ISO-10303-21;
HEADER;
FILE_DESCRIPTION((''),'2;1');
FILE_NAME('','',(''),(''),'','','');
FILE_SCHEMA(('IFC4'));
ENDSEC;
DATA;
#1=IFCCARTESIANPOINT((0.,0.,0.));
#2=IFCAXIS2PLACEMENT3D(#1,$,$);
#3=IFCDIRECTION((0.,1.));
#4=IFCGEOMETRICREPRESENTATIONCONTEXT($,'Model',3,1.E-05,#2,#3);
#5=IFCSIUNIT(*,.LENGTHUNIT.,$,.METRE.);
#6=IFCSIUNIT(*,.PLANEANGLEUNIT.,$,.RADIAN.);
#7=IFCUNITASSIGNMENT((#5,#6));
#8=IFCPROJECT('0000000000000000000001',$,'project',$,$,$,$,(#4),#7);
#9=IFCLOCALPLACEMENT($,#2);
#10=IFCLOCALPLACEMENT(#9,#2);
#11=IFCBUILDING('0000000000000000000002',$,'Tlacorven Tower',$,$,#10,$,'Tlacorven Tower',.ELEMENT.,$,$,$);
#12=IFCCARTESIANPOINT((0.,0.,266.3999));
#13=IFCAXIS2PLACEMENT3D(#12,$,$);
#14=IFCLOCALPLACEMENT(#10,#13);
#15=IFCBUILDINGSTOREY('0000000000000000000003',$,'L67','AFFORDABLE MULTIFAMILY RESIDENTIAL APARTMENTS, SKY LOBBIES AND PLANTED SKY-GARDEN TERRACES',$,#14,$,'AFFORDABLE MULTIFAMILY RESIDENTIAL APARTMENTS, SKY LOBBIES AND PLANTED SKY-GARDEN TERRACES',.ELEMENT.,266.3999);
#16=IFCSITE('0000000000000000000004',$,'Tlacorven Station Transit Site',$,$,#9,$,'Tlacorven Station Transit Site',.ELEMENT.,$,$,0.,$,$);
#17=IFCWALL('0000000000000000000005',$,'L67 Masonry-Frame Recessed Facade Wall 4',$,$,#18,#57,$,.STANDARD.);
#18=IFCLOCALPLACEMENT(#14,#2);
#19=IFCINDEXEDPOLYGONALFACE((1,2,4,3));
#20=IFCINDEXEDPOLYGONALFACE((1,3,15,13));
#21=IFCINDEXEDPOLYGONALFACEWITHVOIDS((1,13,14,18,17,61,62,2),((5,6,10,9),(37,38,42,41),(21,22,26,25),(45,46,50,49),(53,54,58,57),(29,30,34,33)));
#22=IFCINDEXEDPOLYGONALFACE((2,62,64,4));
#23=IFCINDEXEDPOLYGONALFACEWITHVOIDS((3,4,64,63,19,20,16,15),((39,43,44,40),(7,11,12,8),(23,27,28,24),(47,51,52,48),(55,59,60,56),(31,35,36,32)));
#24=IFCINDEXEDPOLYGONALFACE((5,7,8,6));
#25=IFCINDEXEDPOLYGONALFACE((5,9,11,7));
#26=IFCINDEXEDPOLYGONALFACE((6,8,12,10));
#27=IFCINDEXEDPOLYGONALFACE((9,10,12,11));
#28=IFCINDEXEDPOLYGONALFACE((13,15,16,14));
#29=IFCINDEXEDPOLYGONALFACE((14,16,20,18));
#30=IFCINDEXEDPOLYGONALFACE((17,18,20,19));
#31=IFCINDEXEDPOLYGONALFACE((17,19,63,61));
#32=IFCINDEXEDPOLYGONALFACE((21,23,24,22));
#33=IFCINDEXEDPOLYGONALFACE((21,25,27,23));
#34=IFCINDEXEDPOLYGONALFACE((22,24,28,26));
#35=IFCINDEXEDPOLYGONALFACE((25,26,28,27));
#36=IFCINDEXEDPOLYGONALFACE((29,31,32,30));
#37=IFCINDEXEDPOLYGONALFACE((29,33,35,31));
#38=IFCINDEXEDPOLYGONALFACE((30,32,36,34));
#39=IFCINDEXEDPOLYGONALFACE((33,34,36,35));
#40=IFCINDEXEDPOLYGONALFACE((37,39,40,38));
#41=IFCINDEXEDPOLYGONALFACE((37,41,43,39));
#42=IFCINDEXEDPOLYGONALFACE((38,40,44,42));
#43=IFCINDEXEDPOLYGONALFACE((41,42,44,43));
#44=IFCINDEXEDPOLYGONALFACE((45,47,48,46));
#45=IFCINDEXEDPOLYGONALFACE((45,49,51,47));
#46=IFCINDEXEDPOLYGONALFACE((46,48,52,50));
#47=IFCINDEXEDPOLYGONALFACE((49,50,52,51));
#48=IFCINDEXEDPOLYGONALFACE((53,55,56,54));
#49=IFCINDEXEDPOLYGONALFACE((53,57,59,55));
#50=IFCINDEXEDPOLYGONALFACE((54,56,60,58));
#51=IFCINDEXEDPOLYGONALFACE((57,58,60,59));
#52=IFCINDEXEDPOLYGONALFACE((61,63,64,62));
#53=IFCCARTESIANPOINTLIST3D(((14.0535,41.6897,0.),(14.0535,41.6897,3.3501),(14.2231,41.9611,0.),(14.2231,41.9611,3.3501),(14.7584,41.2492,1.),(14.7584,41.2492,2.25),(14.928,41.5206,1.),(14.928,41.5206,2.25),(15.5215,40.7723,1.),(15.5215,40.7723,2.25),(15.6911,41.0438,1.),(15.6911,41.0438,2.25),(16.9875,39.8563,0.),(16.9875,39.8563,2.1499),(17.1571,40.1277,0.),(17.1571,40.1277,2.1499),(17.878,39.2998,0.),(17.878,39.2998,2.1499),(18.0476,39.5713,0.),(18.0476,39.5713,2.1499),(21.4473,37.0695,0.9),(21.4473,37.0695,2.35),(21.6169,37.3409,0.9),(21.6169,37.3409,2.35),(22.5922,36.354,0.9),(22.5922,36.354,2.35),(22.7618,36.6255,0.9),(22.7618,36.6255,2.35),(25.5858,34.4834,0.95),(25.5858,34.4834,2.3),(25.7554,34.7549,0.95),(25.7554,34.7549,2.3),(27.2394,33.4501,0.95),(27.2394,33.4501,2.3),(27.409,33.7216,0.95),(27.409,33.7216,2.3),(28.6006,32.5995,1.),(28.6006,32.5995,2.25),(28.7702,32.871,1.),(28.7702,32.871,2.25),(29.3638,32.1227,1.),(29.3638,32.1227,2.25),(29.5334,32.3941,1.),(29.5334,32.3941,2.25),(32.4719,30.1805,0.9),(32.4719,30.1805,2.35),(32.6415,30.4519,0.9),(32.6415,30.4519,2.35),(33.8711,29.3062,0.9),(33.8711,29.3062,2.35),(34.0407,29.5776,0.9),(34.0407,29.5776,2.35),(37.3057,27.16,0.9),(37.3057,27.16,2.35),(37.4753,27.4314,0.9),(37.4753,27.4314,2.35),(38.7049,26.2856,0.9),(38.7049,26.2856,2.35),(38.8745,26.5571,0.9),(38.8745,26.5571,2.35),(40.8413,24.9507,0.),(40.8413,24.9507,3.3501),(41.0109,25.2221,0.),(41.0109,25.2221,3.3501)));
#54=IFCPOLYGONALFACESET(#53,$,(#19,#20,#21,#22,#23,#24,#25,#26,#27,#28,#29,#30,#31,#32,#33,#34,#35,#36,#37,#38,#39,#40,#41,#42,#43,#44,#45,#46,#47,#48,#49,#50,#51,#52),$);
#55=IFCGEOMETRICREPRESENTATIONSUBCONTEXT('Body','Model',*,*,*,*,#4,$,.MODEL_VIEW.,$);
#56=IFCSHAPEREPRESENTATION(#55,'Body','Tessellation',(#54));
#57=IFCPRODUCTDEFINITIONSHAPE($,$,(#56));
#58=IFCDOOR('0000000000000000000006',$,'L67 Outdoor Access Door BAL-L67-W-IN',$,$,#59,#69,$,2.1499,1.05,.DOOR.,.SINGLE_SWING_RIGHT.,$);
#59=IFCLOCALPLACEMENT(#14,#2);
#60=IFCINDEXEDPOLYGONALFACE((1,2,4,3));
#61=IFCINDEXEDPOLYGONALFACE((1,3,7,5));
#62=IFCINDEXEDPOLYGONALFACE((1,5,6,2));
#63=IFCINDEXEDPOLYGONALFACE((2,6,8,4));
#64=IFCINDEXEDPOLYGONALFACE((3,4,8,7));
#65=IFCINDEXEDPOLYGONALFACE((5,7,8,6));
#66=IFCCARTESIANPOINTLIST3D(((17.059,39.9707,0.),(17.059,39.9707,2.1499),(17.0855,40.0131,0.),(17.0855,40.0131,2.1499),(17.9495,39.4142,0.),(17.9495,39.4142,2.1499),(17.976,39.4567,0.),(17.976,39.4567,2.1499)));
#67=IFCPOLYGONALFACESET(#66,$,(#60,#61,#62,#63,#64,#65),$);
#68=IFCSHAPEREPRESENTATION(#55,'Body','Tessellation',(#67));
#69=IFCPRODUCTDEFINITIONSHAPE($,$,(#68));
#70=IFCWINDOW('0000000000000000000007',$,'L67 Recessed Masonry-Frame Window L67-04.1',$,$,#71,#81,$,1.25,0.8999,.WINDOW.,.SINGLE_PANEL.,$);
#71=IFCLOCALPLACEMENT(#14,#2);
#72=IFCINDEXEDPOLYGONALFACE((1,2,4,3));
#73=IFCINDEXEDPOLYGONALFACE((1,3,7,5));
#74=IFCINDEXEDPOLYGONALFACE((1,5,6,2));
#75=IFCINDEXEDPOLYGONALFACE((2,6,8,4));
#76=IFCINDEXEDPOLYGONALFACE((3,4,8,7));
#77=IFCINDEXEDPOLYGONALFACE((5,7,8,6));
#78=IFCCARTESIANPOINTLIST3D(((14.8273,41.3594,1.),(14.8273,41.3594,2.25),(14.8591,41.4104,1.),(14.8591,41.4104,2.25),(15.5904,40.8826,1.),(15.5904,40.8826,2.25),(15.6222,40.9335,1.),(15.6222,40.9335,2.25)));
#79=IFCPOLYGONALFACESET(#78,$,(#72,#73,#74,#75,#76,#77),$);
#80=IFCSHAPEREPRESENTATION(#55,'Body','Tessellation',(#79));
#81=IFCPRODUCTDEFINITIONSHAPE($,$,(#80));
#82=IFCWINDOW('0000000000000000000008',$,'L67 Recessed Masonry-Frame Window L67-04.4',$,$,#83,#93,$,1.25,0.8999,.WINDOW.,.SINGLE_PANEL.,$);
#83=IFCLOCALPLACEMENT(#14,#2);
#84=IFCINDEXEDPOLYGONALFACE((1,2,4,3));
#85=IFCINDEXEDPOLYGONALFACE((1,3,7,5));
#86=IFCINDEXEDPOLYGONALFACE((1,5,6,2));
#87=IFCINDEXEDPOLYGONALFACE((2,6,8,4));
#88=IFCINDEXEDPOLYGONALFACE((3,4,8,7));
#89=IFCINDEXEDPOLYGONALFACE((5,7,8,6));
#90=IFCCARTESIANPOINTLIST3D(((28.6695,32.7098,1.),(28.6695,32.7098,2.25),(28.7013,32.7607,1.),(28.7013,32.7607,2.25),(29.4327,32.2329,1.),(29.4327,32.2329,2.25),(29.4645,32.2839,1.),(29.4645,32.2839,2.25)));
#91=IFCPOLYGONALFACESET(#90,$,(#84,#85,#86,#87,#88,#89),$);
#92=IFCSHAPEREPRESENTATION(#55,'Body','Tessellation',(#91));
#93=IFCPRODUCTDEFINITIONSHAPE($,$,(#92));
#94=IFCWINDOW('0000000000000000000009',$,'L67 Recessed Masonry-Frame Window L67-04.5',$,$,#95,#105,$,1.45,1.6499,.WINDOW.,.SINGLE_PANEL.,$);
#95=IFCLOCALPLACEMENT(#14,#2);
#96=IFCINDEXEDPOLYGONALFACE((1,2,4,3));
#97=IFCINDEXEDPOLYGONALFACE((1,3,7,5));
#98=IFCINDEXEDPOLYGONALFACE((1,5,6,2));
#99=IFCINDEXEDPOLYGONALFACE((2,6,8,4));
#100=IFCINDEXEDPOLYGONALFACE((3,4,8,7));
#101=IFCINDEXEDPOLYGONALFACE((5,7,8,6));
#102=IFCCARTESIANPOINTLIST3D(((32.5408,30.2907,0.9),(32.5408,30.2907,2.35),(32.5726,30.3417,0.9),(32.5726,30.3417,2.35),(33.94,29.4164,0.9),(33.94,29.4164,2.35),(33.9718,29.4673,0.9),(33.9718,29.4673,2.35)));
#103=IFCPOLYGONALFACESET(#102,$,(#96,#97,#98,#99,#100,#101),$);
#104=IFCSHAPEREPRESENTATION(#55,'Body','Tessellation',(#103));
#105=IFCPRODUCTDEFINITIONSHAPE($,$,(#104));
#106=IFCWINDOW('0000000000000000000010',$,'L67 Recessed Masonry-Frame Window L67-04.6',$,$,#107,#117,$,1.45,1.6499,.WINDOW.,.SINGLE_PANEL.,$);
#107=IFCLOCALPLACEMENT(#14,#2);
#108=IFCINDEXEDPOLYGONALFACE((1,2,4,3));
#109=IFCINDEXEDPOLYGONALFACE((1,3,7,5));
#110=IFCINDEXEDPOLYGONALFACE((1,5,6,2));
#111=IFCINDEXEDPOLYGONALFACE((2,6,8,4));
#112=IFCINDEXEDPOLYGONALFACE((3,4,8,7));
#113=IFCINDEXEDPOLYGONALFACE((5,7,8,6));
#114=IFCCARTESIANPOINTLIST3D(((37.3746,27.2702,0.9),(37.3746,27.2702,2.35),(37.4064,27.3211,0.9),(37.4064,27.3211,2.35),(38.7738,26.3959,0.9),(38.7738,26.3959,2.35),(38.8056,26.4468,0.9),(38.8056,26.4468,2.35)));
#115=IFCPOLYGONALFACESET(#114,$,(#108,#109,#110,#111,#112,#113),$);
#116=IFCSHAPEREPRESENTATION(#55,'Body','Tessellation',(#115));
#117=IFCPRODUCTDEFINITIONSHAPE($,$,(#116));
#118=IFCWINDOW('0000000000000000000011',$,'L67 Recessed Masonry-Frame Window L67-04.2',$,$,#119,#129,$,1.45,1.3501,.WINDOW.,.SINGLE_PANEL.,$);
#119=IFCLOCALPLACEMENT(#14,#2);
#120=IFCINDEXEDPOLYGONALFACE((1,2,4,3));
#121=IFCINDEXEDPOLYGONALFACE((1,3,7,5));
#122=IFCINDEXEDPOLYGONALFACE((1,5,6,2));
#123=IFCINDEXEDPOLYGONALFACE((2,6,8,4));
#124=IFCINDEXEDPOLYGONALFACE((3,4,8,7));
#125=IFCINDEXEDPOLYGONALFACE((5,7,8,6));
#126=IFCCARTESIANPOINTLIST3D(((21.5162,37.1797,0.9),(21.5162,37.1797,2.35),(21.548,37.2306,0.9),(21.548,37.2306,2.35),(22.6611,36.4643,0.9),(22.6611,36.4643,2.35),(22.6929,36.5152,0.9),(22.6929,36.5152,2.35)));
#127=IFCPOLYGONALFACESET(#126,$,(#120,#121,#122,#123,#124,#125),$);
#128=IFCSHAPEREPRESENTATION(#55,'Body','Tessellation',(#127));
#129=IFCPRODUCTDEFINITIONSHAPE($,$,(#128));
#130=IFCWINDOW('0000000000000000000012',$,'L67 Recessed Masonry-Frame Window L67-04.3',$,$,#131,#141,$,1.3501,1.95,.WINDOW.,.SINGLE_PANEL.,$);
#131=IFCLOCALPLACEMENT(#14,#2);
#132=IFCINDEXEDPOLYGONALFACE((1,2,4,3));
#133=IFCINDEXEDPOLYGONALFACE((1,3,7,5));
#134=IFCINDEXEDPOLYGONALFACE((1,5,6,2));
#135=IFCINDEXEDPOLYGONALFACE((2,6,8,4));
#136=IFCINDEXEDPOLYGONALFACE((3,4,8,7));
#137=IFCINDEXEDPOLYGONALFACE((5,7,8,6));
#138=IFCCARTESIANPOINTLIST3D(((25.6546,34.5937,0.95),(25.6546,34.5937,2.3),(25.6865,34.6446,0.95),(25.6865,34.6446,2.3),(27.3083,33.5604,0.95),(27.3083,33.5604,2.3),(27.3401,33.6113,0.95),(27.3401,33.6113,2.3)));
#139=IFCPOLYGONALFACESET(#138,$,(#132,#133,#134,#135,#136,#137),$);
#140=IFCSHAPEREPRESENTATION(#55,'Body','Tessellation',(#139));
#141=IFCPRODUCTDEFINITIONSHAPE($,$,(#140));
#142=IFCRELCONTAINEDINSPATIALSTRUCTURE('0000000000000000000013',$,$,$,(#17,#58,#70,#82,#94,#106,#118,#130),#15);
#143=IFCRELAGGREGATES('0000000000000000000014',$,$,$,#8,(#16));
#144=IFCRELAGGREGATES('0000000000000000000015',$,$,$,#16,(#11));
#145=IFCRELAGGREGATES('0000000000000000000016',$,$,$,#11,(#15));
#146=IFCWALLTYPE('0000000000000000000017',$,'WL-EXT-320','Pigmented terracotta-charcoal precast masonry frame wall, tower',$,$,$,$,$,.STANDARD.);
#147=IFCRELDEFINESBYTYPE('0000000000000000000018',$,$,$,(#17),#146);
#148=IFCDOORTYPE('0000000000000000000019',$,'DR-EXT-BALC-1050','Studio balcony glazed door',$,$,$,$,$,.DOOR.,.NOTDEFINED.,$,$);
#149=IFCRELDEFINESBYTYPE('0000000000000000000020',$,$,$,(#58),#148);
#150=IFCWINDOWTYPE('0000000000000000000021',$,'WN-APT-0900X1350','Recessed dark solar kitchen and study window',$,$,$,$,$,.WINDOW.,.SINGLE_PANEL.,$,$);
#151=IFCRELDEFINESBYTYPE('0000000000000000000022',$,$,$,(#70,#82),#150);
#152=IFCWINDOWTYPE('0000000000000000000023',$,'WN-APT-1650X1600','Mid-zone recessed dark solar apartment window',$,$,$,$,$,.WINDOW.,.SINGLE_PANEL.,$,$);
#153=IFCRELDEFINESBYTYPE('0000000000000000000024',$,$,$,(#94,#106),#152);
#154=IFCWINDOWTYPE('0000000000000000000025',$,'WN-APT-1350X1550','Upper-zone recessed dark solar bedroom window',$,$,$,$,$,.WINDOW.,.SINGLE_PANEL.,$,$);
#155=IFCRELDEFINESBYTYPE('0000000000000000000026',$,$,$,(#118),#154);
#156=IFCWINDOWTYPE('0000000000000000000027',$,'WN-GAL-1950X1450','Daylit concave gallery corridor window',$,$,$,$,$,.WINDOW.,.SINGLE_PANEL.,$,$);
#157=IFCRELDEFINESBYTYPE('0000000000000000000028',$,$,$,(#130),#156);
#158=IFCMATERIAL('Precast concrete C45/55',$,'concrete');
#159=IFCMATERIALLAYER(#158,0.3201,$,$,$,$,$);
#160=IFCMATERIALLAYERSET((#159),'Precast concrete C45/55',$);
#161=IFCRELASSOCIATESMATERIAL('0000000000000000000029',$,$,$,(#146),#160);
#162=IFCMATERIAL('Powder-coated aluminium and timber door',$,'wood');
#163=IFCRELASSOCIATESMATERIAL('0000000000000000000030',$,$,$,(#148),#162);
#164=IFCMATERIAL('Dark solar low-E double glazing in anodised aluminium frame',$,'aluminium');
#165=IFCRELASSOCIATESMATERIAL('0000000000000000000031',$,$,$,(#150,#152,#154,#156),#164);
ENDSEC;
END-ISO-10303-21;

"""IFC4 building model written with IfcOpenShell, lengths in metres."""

from ifc_helpers import new_model, si_unit, direction, frame, frame_2d, origin, place, context, subcontext, project, spatial, rectangle, extrude, source, transform, mapped, material, layer, layer_set, type_object, element, fill, save


model = new_model("IFC4")

# Units and contexts
model_context = context("Model", 3, precision=1e-05, world=origin(), true_north=direction((0.0, 1.0)))
body_context = subcontext(model_context, "Body", "Model", "MODEL_VIEW")
ifc_project = project(units=[si_unit("LENGTHUNIT", "METRE"), si_unit("PLANEANGLEUNIT", "RADIAN")], contexts=[model_context])

# Site, building, storey
site_placement = place(None, origin())
site = spatial("IfcSite", under=ifc_project, at=site_placement, Name="Tlacorven Station Transit Site", LongName="Tlacorven Station Transit Site", CompositionType="ELEMENT", RefElevation=0.0)
building_placement = place(site_placement, origin())
building = spatial("IfcBuilding", under=site, at=building_placement, Name="Tlacorven Tower", LongName="Tlacorven Tower", CompositionType="ELEMENT")
storey_placement = place(building_placement, frame((0.0, 0.0, 266.3999)))
storey = spatial("IfcBuildingStorey", under=building, at=storey_placement, Name="L67", Description="AFFORDABLE MULTIFAMILY RESIDENTIAL APARTMENTS, SKY LOBBIES AND PLANTED SKY-GARDEN TERRACES", LongName="AFFORDABLE MULTIFAMILY RESIDENTIAL APARTMENTS, SKY LOBBIES AND PLANTED SKY-GARDEN TERRACES", CompositionType="ELEMENT", Elevation=266.3999)

# Wall, openings, door, windows
ifc_material_1 = material(Name="Precast concrete C45/55", Category="concrete")
ifc_layer_1 = layer(ifc_material_1, 0.3201)
ifc_layer_set_1 = layer_set([ifc_layer_1], Name="Precast concrete C45/55")
wall_type_1 = type_object("IfcWallType", Name="WL-EXT-320", Description="Pigmented terracotta-charcoal precast masonry frame wall, tower", PredefinedType="STANDARD", material=ifc_layer_set_1)
wall_1_placement = place(storey_placement, frame((14.1382, 41.8254, 0.0), z_axis=(0.0, 0.0, 1.0), x_axis=(0.848046, -0.529922, 0.0)))
wall_1 = element("IfcWall", 1, at=wall_1_placement, inside=storey, type_object=wall_type_1, Name="L67 Masonry-Frame Recessed Facade Wall 4", PredefinedType="STANDARD", context=body_context, shape_type="SweptSolid", body=[
    extrude(rectangle(XDim=31.5876, YDim=0.3201, at=frame_2d((15.7939, 0.0))), origin(), (0.0, 0.0, 1.0), 3.3501),
])
opening_1_placement = place(wall_1_placement, frame((3.46, 0.0, 0.0)))
opening_1 = element("IfcOpeningElement", 2, at=opening_1_placement, cuts=wall_1, PredefinedType="OPENING", context=body_context, shape_type="SweptSolid", body=[
    extrude(rectangle(XDim=1.05, YDim=2.1499, at=frame_2d((0.5249, 1.075))), frame((0.0, 0.1699, 0.0), z_axis=(0.0, -1.0, 0.0), x_axis=(1.0, 0.0, 0.0)), (0.0, 0.0, 1.0), 0.3401),
])
opening_2_placement = place(wall_1_placement, frame((0.8313, 0.0, 1.0)))
opening_2 = element("IfcOpeningElement", 3, at=opening_2_placement, cuts=wall_1, PredefinedType="OPENING", context=body_context, shape_type="SweptSolid", body=[
    extrude(rectangle(XDim=0.8999, YDim=1.25, at=frame_2d((0.45, 0.625))), frame((0.0, 0.1699, 0.0), z_axis=(0.0, -1.0, 0.0), x_axis=(1.0, 0.0, 0.0)), (0.0, 0.0, 1.0), 0.3401),
])
opening_3_placement = place(wall_1_placement, frame((8.7188, 0.0, 0.8999)))
opening_3 = element("IfcOpeningElement", 4, at=opening_3_placement, cuts=wall_1, PredefinedType="OPENING", context=body_context, shape_type="SweptSolid", body=[
    extrude(rectangle(XDim=1.3501, YDim=1.45, at=frame_2d((0.675, 0.7251))), frame((0.0, 0.1699, 0.0), z_axis=(0.0, -1.0, 0.0), x_axis=(1.0, 0.0, 0.0)), (0.0, 0.0, 1.0), 0.3401),
])
opening_4_placement = place(wall_1_placement, frame((13.5986, 0.0, 0.95)))
opening_4 = element("IfcOpeningElement", 5, at=opening_4_placement, cuts=wall_1, PredefinedType="OPENING", context=body_context, shape_type="SweptSolid", body=[
    extrude(rectangle(XDim=1.95, YDim=1.3501, at=frame_2d((0.9751, 0.675))), frame((0.0, 0.1699, 0.0), z_axis=(0.0, -1.0, 0.0), x_axis=(1.0, 0.0, 0.0)), (0.0, 0.0, 1.0), 0.3401),
])
opening_5_placement = place(wall_1_placement, frame((17.1538, 0.0, 1.0)))
opening_5 = element("IfcOpeningElement", 6, at=opening_5_placement, cuts=wall_1, PredefinedType="OPENING", context=body_context, shape_type="SweptSolid", body=[
    extrude(rectangle(XDim=0.8999, YDim=1.25, at=frame_2d((0.45, 0.625))), frame((0.0, 0.1699, 0.0), z_axis=(0.0, -1.0, 0.0), x_axis=(1.0, 0.0, 0.0)), (0.0, 0.0, 1.0), 0.3401),
])
opening_6_placement = place(wall_1_placement, frame((21.7188, 0.0, 0.8999)))
opening_6 = element("IfcOpeningElement", 7, at=opening_6_placement, cuts=wall_1, PredefinedType="OPENING", context=body_context, shape_type="SweptSolid", body=[
    extrude(rectangle(XDim=1.6499, YDim=1.45, at=frame_2d((0.825, 0.7251))), frame((0.0, 0.1699, 0.0), z_axis=(0.0, -1.0, 0.0), x_axis=(1.0, 0.0, 0.0)), (0.0, 0.0, 1.0), 0.3401),
])
opening_7_placement = place(wall_1_placement, frame((27.4187, 0.0, 0.8999)))
opening_7 = element("IfcOpeningElement", 8, at=opening_7_placement, cuts=wall_1, PredefinedType="OPENING", context=body_context, shape_type="SweptSolid", body=[
    extrude(rectangle(XDim=1.6499, YDim=1.45, at=frame_2d((0.825, 0.7251))), frame((0.0, 0.1699, 0.0), z_axis=(0.0, -1.0, 0.0), x_axis=(1.0, 0.0, 0.0)), (0.0, 0.0, 1.0), 0.3401),
])
ifc_material_2 = material(Name="Powder-coated aluminium and timber door", Category="wood")
door_type_1 = type_object("IfcDoorType", Name="DR-EXT-BALC-1050", Description="Studio balcony glazed door", OperationType="NOTDEFINED", PredefinedType="DOOR", material=ifc_material_2)
shared_shape_1 = source(origin(), body_context, "Body", "SweptSolid", [
    extrude(rectangle(XDim=1.05, YDim=2.1499, at=frame_2d((0.5249, 1.075))), frame((0.0, 0.0249, 0.0), z_axis=(0.0, -1.0, 0.0), x_axis=(1.0, 0.0, 0.0)), (0.0, 0.0, 1.0), 0.05),
])
door_1_placement = place(opening_1_placement, origin())
door_1 = element("IfcDoor", 9, at=door_1_placement, inside=storey, type_object=door_type_1, Name="L67 Outdoor Access Door BAL-L67-W-IN", OperationType="SINGLE_SWING_RIGHT", OverallHeight=2.1499, OverallWidth=1.05, PredefinedType="DOOR", context=body_context, shape_type="MappedRepresentation", body=[
    mapped(shared_shape_1, transform((0.0, 0.0, 0.0), scale=1.0)),
])
fill(opening_1, door_1)
ifc_material_3 = material(Name="Dark solar low-E double glazing in anodised aluminium frame", Category="aluminium")
window_type_1 = type_object("IfcWindowType", Name="WN-APT-0900X1350", Description="Recessed dark solar kitchen and study window", PartitioningType="SINGLE_PANEL", PredefinedType="WINDOW", material=ifc_material_3)
shared_shape_2 = source(origin(), body_context, "Body", "SweptSolid", [
    extrude(rectangle(XDim=0.8999, YDim=1.25, at=frame_2d((0.45, 0.625))), frame((0.0, 0.03, 0.0), z_axis=(0.0, -1.0, 0.0), x_axis=(1.0, 0.0, 0.0)), (0.0, 0.0, 1.0), 0.0601),
])
window_1_placement = place(opening_2_placement, origin())
window_1 = element("IfcWindow", 10, at=window_1_placement, inside=storey, type_object=window_type_1, Name="L67 Recessed Masonry-Frame Window L67-04.1", OverallHeight=1.25, OverallWidth=0.8999, PartitioningType="SINGLE_PANEL", PredefinedType="WINDOW", context=body_context, shape_type="MappedRepresentation", body=[
    mapped(shared_shape_2, transform((0.0, 0.0, 0.0), scale=1.0)),
])
fill(opening_2, window_1)
window_2_placement = place(opening_5_placement, origin())
window_2 = element("IfcWindow", 11, at=window_2_placement, inside=storey, type_object=window_type_1, Name="L67 Recessed Masonry-Frame Window L67-04.4", OverallHeight=1.25, OverallWidth=0.8999, PartitioningType="SINGLE_PANEL", PredefinedType="WINDOW", context=body_context, shape_type="MappedRepresentation", body=[
    mapped(shared_shape_2, transform((0.0, 0.0, 0.0), scale=1.0)),
])
fill(opening_5, window_2)
window_type_2 = type_object("IfcWindowType", Name="WN-APT-1650X1600", Description="Mid-zone recessed dark solar apartment window", PartitioningType="SINGLE_PANEL", PredefinedType="WINDOW", material=ifc_material_3)
shared_shape_3 = source(origin(), body_context, "Body", "SweptSolid", [
    extrude(rectangle(XDim=1.6499, YDim=1.45, at=frame_2d((0.825, 0.7251))), frame((0.0, 0.03, 0.0), z_axis=(0.0, -1.0, 0.0), x_axis=(1.0, 0.0, 0.0)), (0.0, 0.0, 1.0), 0.0601),
])
window_3_placement = place(opening_6_placement, origin())
window_3 = element("IfcWindow", 12, at=window_3_placement, inside=storey, type_object=window_type_2, Name="L67 Recessed Masonry-Frame Window L67-04.5", OverallHeight=1.45, OverallWidth=1.6499, PartitioningType="SINGLE_PANEL", PredefinedType="WINDOW", context=body_context, shape_type="MappedRepresentation", body=[
    mapped(shared_shape_3, transform((0.0, 0.0, 0.0), scale=1.0)),
])
fill(opening_6, window_3)
window_4_placement = place(opening_7_placement, origin())
window_4 = element("IfcWindow", 13, at=window_4_placement, inside=storey, type_object=window_type_2, Name="L67 Recessed Masonry-Frame Window L67-04.6", OverallHeight=1.45, OverallWidth=1.6499, PartitioningType="SINGLE_PANEL", PredefinedType="WINDOW", context=body_context, shape_type="MappedRepresentation", body=[
    mapped(shared_shape_3, transform((0.0, 0.0, 0.0), scale=1.0)),
])
fill(opening_7, window_4)
window_type_3 = type_object("IfcWindowType", Name="WN-APT-1350X1550", Description="Upper-zone recessed dark solar bedroom window", PartitioningType="SINGLE_PANEL", PredefinedType="WINDOW", material=ifc_material_3)
shared_shape_4 = source(origin(), body_context, "Body", "SweptSolid", [
    extrude(rectangle(XDim=1.3501, YDim=1.45, at=frame_2d((0.675, 0.7251))), frame((0.0, 0.03, 0.0), z_axis=(0.0, -1.0, 0.0), x_axis=(1.0, 0.0, 0.0)), (0.0, 0.0, 1.0), 0.0601),
])
window_5_placement = place(opening_3_placement, origin())
window_5 = element("IfcWindow", 14, at=window_5_placement, inside=storey, type_object=window_type_3, Name="L67 Recessed Masonry-Frame Window L67-04.2", OverallHeight=1.45, OverallWidth=1.3501, PartitioningType="SINGLE_PANEL", PredefinedType="WINDOW", context=body_context, shape_type="MappedRepresentation", body=[
    mapped(shared_shape_4, transform((0.0, 0.0, 0.0), scale=1.0)),
])
fill(opening_3, window_5)
window_type_4 = type_object("IfcWindowType", Name="WN-GAL-1950X1450", Description="Daylit concave gallery corridor window", PartitioningType="SINGLE_PANEL", PredefinedType="WINDOW", material=ifc_material_3)
shared_shape_5 = source(origin(), body_context, "Body", "SweptSolid", [
    extrude(rectangle(XDim=1.95, YDim=1.3501, at=frame_2d((0.9751, 0.675))), frame((0.0, 0.03, 0.0), z_axis=(0.0, -1.0, 0.0), x_axis=(1.0, 0.0, 0.0)), (0.0, 0.0, 1.0), 0.0601),
])
window_6_placement = place(opening_4_placement, origin())
window_6 = element("IfcWindow", 15, at=window_6_placement, inside=storey, type_object=window_type_4, Name="L67 Recessed Masonry-Frame Window L67-04.3", OverallHeight=1.3501, OverallWidth=1.95, PartitioningType="SINGLE_PANEL", PredefinedType="WINDOW", context=body_context, shape_type="MappedRepresentation", body=[
    mapped(shared_shape_5, transform((0.0, 0.0, 0.0), scale=1.0)),
])
fill(opening_4, window_6)

save(model, "model.ifc")
